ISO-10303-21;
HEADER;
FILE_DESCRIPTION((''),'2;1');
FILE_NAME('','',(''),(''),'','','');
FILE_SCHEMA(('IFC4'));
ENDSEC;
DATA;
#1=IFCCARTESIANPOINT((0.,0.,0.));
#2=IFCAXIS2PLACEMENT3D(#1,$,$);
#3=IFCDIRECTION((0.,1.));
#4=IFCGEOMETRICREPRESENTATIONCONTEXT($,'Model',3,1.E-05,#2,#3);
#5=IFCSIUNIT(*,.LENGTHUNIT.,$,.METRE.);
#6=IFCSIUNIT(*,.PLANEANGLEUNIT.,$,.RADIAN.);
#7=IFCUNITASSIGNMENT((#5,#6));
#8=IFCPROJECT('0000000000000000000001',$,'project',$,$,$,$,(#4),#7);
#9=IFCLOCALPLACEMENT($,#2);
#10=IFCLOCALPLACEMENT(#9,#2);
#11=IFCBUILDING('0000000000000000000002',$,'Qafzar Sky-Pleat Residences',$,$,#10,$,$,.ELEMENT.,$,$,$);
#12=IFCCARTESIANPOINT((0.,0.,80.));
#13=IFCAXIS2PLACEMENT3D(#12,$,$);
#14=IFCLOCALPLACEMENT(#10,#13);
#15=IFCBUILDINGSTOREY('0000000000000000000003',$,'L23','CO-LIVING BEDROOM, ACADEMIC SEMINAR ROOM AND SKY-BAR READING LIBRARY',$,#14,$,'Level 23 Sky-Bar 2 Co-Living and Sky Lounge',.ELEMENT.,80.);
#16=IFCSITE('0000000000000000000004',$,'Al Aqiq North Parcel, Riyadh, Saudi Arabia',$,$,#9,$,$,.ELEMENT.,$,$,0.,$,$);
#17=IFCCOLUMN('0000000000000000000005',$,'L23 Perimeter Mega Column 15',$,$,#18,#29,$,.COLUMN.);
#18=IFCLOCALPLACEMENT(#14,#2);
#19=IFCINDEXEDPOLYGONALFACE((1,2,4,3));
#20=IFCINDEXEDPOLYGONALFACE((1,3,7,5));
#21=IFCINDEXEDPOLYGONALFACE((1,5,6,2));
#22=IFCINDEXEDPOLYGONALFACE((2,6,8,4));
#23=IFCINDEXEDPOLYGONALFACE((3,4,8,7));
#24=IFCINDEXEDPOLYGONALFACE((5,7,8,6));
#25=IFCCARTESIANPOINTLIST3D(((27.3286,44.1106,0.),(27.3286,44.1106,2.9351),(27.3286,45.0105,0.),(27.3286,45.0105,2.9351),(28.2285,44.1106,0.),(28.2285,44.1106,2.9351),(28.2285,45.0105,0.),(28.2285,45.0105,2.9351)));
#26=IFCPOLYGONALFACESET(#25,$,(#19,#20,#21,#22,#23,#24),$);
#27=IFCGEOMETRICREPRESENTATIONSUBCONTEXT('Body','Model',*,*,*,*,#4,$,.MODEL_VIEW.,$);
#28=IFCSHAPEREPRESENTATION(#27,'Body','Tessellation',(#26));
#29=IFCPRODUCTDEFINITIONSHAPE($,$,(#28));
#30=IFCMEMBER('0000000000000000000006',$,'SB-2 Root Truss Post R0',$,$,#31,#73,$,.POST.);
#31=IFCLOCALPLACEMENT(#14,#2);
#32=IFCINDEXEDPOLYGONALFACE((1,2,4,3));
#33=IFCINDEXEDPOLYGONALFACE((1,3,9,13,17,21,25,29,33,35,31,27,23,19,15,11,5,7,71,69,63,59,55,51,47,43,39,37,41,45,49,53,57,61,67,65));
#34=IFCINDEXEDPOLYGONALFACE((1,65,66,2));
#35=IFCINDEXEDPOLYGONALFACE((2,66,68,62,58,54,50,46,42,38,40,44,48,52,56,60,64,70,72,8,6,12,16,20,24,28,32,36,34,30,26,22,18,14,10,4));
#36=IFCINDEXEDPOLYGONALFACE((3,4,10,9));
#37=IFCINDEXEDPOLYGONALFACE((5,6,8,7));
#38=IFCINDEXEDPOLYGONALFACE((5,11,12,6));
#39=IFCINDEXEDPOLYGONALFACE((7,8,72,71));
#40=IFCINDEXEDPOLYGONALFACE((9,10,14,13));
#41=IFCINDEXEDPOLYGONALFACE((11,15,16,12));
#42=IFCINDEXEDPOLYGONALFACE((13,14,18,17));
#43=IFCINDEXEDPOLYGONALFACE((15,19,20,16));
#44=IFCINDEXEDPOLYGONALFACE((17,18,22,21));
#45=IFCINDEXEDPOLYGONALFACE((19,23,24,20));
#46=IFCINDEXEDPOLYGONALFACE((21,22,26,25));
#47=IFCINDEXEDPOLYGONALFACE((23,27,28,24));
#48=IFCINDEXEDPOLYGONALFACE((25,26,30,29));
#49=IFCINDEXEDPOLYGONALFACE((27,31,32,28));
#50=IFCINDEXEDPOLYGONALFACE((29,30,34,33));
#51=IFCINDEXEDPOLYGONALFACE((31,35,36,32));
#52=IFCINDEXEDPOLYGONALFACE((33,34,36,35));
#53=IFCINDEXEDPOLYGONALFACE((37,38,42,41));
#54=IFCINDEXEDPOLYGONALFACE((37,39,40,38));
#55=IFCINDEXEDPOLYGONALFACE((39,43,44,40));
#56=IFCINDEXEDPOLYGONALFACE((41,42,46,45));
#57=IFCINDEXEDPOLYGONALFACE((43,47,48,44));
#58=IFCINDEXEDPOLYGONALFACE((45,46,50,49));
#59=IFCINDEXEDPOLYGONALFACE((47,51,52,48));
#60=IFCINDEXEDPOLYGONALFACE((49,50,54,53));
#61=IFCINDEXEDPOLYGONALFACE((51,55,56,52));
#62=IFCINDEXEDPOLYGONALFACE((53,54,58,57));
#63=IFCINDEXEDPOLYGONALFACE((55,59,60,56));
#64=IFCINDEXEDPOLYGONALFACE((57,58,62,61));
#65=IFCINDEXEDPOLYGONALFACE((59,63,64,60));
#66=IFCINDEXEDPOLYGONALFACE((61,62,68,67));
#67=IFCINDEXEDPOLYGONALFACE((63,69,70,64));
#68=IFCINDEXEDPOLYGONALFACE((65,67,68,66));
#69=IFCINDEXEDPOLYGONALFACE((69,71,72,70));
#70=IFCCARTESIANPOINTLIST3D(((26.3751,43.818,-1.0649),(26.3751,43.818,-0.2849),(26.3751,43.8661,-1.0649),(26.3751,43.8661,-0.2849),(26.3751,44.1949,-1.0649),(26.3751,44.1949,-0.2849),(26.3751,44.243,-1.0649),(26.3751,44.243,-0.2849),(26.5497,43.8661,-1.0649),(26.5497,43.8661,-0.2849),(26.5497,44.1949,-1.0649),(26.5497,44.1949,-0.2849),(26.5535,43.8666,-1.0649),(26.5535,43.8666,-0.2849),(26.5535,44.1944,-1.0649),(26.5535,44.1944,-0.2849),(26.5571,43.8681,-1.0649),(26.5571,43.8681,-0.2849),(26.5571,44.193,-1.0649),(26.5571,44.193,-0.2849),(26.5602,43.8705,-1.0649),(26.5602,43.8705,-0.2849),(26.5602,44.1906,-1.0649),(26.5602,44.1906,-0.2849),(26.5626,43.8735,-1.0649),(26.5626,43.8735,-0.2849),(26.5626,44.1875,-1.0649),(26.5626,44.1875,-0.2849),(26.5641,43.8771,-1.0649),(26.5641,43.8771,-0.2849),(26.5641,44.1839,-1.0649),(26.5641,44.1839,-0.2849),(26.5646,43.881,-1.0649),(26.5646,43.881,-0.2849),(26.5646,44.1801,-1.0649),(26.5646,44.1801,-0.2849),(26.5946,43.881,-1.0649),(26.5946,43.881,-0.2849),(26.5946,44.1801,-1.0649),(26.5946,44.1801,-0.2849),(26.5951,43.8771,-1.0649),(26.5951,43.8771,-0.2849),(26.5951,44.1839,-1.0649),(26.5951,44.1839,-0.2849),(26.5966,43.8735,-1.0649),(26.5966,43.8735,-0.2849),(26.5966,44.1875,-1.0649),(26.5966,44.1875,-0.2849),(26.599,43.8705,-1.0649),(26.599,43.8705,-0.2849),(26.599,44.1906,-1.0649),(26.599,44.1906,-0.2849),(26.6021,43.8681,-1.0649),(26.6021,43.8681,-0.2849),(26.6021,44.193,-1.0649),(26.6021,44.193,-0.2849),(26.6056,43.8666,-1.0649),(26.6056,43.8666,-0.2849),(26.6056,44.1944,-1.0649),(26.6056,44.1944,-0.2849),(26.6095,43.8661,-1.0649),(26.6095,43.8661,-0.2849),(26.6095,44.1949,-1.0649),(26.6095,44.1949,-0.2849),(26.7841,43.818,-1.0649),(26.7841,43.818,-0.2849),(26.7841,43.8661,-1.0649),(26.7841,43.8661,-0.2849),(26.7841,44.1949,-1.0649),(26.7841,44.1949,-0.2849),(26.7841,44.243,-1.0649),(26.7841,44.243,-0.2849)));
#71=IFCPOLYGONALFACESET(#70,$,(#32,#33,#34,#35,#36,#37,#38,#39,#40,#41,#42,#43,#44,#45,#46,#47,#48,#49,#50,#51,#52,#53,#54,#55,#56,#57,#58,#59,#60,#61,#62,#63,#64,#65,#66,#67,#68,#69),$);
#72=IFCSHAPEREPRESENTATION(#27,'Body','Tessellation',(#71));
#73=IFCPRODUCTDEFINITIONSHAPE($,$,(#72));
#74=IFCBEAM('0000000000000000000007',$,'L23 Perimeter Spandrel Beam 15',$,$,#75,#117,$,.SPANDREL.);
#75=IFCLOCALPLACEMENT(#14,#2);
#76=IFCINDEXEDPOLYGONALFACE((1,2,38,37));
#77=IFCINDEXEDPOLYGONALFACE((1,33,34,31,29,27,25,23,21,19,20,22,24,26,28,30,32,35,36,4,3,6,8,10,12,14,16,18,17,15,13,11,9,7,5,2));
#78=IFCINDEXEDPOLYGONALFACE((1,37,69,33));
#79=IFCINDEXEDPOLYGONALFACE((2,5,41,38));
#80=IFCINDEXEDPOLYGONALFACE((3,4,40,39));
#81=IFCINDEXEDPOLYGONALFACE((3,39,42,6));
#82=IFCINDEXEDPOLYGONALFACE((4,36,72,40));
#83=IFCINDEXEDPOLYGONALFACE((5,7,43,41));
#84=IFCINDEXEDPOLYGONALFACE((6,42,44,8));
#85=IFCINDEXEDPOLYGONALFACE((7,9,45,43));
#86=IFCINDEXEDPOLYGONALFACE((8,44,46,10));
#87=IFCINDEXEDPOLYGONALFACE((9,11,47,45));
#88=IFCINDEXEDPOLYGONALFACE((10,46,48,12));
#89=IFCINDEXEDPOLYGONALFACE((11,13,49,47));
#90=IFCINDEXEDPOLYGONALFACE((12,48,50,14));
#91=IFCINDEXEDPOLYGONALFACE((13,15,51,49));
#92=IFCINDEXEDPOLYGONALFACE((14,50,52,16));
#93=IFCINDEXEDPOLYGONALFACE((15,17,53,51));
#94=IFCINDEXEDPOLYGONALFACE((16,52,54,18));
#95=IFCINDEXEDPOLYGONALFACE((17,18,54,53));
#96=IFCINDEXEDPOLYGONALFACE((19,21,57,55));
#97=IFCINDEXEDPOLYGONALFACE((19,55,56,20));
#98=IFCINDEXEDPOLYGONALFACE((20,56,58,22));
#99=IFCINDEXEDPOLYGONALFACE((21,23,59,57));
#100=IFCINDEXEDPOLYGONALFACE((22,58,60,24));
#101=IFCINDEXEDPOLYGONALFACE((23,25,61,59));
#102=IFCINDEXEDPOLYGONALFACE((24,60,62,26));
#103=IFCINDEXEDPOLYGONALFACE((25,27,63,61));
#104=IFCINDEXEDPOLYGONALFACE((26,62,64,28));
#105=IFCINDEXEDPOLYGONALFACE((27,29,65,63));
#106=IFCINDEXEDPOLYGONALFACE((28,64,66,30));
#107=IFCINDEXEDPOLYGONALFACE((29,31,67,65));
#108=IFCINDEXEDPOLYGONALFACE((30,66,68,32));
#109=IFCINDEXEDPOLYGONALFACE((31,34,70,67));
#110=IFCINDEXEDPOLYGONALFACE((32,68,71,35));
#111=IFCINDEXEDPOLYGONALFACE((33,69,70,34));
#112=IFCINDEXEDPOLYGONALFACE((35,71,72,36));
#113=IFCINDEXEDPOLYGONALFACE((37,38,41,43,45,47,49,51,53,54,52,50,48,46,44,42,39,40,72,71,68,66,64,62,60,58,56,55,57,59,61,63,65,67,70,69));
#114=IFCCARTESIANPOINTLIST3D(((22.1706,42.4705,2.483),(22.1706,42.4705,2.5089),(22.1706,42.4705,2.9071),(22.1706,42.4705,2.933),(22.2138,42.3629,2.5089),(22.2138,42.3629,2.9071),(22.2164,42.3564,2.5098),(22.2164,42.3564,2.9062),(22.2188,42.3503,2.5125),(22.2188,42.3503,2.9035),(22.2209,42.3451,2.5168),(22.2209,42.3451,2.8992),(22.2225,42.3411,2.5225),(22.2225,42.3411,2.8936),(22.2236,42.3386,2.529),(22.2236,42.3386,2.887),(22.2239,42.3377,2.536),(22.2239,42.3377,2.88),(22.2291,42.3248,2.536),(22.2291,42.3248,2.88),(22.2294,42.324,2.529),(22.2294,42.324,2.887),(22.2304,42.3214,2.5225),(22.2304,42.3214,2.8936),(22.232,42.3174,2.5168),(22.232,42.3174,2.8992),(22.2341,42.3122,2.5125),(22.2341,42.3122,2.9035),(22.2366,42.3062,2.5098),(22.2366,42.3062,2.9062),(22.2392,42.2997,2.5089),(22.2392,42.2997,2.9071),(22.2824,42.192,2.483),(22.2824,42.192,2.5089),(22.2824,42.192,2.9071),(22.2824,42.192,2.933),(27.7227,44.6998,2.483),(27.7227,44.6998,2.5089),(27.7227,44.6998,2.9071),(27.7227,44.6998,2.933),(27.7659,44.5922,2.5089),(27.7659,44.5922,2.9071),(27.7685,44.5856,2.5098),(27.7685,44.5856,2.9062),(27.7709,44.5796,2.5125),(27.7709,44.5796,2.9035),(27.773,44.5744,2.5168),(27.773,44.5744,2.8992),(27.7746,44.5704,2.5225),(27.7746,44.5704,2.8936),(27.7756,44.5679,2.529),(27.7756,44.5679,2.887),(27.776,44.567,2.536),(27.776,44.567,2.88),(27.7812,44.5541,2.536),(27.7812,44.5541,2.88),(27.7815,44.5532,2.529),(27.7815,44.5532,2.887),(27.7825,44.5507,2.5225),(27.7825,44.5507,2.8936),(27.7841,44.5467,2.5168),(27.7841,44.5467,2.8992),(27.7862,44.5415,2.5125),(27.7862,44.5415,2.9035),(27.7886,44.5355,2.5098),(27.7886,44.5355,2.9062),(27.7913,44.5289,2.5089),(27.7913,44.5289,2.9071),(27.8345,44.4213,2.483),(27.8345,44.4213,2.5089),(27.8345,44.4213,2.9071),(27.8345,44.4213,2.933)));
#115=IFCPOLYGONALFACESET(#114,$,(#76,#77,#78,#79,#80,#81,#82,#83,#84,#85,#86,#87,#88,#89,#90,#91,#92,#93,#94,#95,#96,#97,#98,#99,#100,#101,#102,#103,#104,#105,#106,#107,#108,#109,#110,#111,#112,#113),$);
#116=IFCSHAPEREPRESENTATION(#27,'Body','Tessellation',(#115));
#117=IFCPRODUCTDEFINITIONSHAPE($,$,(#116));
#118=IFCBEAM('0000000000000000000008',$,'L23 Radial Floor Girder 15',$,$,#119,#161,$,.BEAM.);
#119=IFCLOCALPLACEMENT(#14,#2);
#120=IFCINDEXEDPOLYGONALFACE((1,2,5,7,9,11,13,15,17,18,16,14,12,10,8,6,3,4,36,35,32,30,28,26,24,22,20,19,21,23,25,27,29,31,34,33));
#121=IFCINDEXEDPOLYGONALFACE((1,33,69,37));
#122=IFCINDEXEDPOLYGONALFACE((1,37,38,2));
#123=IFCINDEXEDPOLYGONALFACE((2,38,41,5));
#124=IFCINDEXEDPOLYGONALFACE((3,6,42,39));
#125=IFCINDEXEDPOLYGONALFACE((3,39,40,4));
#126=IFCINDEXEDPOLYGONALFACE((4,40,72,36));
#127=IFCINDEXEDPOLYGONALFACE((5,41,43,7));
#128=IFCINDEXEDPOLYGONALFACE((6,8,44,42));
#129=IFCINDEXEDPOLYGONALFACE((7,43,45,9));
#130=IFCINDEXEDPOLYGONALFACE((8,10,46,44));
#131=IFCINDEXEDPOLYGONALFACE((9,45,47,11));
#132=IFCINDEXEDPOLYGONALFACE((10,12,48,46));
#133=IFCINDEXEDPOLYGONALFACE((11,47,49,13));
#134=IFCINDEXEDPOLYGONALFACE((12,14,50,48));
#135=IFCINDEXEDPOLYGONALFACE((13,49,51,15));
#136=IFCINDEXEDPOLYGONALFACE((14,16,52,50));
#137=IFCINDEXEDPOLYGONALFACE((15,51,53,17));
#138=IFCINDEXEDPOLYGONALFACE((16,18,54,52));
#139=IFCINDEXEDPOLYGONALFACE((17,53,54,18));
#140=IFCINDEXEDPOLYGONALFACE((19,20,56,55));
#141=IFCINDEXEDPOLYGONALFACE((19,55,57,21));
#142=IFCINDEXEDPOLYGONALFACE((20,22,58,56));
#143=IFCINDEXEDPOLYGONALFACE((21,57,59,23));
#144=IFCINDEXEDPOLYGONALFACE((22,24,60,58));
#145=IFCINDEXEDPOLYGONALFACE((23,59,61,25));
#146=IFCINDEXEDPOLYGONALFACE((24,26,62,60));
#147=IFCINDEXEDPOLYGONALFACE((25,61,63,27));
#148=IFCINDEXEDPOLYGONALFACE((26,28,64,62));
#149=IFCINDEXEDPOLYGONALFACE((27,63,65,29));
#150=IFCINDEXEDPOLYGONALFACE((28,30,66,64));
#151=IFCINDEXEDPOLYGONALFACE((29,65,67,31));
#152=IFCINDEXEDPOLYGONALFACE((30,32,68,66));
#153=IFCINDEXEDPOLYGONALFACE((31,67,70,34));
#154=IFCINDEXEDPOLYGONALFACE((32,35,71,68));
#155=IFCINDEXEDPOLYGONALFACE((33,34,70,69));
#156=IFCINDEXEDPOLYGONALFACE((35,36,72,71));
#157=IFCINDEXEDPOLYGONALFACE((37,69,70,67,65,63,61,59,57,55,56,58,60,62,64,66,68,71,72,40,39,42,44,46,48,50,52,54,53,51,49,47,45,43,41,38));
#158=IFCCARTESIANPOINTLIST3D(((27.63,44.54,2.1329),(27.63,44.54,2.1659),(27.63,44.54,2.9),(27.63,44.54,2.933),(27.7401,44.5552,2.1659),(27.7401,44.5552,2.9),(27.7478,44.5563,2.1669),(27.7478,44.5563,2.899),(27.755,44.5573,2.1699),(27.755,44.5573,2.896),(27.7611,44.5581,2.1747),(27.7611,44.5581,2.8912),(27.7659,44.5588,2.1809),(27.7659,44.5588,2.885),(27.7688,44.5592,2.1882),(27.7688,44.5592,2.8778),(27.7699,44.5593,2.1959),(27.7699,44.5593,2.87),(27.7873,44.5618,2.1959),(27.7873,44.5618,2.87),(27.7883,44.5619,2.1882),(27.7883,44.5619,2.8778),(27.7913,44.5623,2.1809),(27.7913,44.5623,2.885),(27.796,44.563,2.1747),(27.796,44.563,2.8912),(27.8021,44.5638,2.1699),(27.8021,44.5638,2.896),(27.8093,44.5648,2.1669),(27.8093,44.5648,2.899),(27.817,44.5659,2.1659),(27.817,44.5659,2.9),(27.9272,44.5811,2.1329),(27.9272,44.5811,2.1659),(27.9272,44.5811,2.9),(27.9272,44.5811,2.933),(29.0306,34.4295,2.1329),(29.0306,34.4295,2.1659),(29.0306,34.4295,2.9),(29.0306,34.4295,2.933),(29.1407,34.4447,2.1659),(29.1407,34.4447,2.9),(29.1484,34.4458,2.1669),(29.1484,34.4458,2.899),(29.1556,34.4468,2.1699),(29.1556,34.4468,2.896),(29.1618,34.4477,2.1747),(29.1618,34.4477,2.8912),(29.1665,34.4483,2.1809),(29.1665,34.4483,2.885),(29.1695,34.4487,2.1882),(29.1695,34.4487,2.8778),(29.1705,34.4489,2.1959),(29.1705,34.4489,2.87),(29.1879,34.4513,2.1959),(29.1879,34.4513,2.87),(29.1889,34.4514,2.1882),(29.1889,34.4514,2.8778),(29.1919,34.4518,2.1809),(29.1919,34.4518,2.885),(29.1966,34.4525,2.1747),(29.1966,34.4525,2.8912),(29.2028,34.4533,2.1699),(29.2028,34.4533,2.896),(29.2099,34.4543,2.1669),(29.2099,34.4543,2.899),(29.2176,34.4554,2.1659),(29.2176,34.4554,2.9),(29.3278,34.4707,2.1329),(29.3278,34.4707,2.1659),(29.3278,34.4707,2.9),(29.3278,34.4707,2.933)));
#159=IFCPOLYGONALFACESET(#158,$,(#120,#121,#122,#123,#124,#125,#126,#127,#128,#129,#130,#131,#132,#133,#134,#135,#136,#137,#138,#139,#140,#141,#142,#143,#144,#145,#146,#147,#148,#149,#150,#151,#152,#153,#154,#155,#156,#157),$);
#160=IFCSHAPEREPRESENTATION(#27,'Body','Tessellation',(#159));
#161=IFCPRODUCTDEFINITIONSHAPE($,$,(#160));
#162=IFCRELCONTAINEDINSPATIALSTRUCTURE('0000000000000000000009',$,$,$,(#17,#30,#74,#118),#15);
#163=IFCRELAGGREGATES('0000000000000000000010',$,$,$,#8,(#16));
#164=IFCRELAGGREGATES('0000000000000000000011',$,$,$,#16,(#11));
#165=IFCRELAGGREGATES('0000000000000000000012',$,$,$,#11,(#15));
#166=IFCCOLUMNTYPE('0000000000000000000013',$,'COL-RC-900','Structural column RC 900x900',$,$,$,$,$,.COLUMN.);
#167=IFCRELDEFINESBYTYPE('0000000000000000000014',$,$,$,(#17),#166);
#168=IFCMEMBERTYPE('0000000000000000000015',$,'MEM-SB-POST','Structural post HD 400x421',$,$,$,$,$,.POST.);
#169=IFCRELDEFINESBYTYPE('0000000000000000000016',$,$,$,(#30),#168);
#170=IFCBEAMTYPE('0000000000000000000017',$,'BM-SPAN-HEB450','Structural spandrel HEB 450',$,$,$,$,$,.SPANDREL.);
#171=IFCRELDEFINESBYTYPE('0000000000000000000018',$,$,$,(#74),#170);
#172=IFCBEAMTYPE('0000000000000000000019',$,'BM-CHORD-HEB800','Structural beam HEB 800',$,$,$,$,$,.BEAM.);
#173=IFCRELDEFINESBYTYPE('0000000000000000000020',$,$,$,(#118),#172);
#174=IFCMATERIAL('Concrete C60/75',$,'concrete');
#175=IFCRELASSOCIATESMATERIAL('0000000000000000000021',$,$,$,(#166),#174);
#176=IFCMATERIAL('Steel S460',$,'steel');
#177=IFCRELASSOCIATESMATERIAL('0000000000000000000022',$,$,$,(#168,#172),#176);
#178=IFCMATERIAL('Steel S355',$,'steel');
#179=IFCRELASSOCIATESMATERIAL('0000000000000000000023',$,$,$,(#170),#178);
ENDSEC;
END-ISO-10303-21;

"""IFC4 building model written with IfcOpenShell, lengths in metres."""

from ifc_helpers import new_model, si_unit, direction, frame, origin, origin_2d, place, context, subcontext, project, spatial, rectangle, i_section, extrude, source, transform, mapped, material, material_profile, profile_set, type_object, element, save


model = new_model("IFC4")

# Units and contexts
model_context = context("Model", 3, precision=1e-05, world=origin(), true_north=direction((0.0, 1.0)))
body_context = subcontext(model_context, "Body", "Model", "MODEL_VIEW")
ifc_project = project(units=[si_unit("LENGTHUNIT", "METRE"), si_unit("PLANEANGLEUNIT", "RADIAN")], contexts=[model_context])

# Site, building, storey
site_placement = place(None, origin())
site = spatial("IfcSite", under=ifc_project, at=site_placement, Name="Al Aqiq North Parcel, Riyadh, Saudi Arabia", CompositionType="ELEMENT", RefElevation=0.0)
building_placement = place(site_placement, origin())
building = spatial("IfcBuilding", under=site, at=building_placement, Name="Qafzar Sky-Pleat Residences", CompositionType="ELEMENT")
storey_placement = place(building_placement, frame((0.0, 0.0, 80.0)))
storey = spatial("IfcBuildingStorey", under=building, at=storey_placement, Name="L23", Description="CO-LIVING BEDROOM, ACADEMIC SEMINAR ROOM AND SKY-BAR READING LIBRARY", LongName="Level 23 Sky-Bar 2 Co-Living and Sky Lounge", CompositionType="ELEMENT", Elevation=80.0)

# Column
ifc_material_1 = material(Name="Concrete C60/75", Category="concrete")
ifc_material_profile_1 = material_profile(ifc_material_1, rectangle(XDim=0.8999, YDim=0.8999, at=origin_2d()), Name="RC 900x900")
ifc_profile_set_1 = profile_set([ifc_material_profile_1], Name="Concrete C60/75")
column_type = type_object("IfcColumnType", Name="COL-RC-900", Description="Structural column RC 900x900", PredefinedType="COLUMN", material=ifc_profile_set_1)
shared_shape_1 = source(origin(), body_context, "Body", "SweptSolid", [
    extrude(rectangle(XDim=0.8999, YDim=0.8999, at=origin_2d()), origin(), (0.0, 0.0, 1.0), 2.9351),
])
column_placement = place(storey_placement, frame((27.7786, 44.5605, 0.0), z_axis=(0.0, 0.0, 1.0), x_axis=(1.0, 0.0, 0.0)))
element("IfcColumn", 1, at=column_placement, inside=storey, type_object=column_type, Name="L23 Perimeter Mega Column 15", PredefinedType="COLUMN", context=body_context, shape_type="MappedRepresentation", body=[
    mapped(shared_shape_1, transform((0.0, 0.0, 0.0), x_axis=(1.0, 0.0, 0.0), y_axis=(0.0, 1.0, 0.0), z_axis=(0.0, 0.0, 1.0), scale=1.0)),
])

# Member
ifc_material_2 = material(Name="Steel S460", Category="steel")
ifc_material_profile_2 = material_profile(ifc_material_2, i_section(OverallWidth=0.4089, OverallDepth=0.425, WebThickness=0.03, FlangeThickness=0.0481, FilletRadius=0.0149, at=origin_2d()), Name="HD 400x421")
ifc_profile_set_2 = profile_set([ifc_material_profile_2], Name="Steel S460")
member_type_1 = type_object("IfcMemberType", Name="MEM-SB-POST", Description="Structural post HD 400x421", PredefinedType="POST", material=ifc_profile_set_2)
shared_shape_2 = source(origin(), body_context, "Body", "SweptSolid", [
    extrude(i_section(OverallWidth=0.4089, OverallDepth=0.425, WebThickness=0.03, FlangeThickness=0.0481, FilletRadius=0.0149, at=origin_2d()), origin(), (0.0, 0.0, 1.0), 0.78),
])
member_placement = place(storey_placement, frame((26.5796, 44.0305, -1.0649), z_axis=(0.0, 0.0, 1.0), x_axis=(1.0, 0.0, 0.0)))
element("IfcMember", 2, at=member_placement, inside=storey, type_object=member_type_1, Name="SB-2 Root Truss Post R0", PredefinedType="POST", context=body_context, shape_type="MappedRepresentation", body=[
    mapped(shared_shape_2, transform((0.0, 0.0, 0.0), x_axis=(1.0, 0.0, 0.0), y_axis=(0.0, 1.0, 0.0), z_axis=(0.0, 0.0, 1.0), scale=1.0)),
])

# Beams
ifc_material_3 = material(Name="Steel S355", Category="steel")
ifc_material_profile_3 = material_profile(ifc_material_3, i_section(OverallWidth=0.3, OverallDepth=0.45, WebThickness=0.0139, FlangeThickness=0.0259, FilletRadius=0.0271, at=origin_2d()), Name="HEB 450")
ifc_profile_set_3 = profile_set([ifc_material_profile_3], Name="Steel S355")
beam_type_1 = type_object("IfcBeamType", Name="BM-SPAN-HEB450", Description="Structural spandrel HEB 450", PredefinedType="SPANDREL", material=ifc_profile_set_3)
shared_shape_3 = source(origin(), body_context, "Body", "SweptSolid", [
    extrude(i_section(OverallWidth=0.3, OverallDepth=0.45, WebThickness=0.0139, FlangeThickness=0.0259, FilletRadius=0.0271, at=origin_2d()), origin(), (0.0, 0.0, 1.0), 5.9829),
])
beam_1_placement = place(storey_placement, frame((27.7786, 44.5605, 2.708), z_axis=(-0.927989, -0.372608, 0.0), x_axis=(0.372608, -0.927989, 0.0)))
element("IfcBeam", 3, at=beam_1_placement, inside=storey, type_object=beam_type_1, Name="L23 Perimeter Spandrel Beam 15", PredefinedType="SPANDREL", context=body_context, shape_type="MappedRepresentation", body=[
    mapped(shared_shape_3, transform((0.0, 0.0, 0.0), x_axis=(1.0, 0.0, 0.0), y_axis=(0.0, 1.0, 0.0), z_axis=(0.0, 0.0, 1.0), scale=1.0)),
])
ifc_material_profile_4 = material_profile(ifc_material_2, i_section(OverallWidth=0.3, OverallDepth=0.8, WebThickness=0.0176, FlangeThickness=0.033, FilletRadius=0.03, at=origin_2d()), Name="HEB 800")
ifc_profile_set_4 = profile_set([ifc_material_profile_4], Name="Steel S460")
beam_type_2 = type_object("IfcBeamType", Name="BM-CHORD-HEB800", Description="Structural beam HEB 800", PredefinedType="BEAM", material=ifc_profile_set_4)
shared_shape_4 = source(origin(), body_context, "Body", "SweptSolid", [
    extrude(i_section(OverallWidth=0.3, OverallDepth=0.8, WebThickness=0.0176, FlangeThickness=0.033, FilletRadius=0.03, at=origin_2d()), origin(), (0.0, 0.0, 1.0), 10.207),
])
beam_2_placement = place(storey_placement, frame((27.7786, 44.5605, 2.533), z_axis=(0.137221, -0.99054, 0.0), x_axis=(0.99054, 0.137221, 0.0)))
element("IfcBeam", 4, at=beam_2_placement, inside=storey, type_object=beam_type_2, Name="L23 Radial Floor Girder 15", PredefinedType="BEAM", context=body_context, shape_type="MappedRepresentation", body=[
    mapped(shared_shape_4, transform((0.0, 0.0, 0.0), x_axis=(1.0, 0.0, 0.0), y_axis=(0.0, 1.0, 0.0), z_axis=(0.0, 0.0, 1.0), scale=1.0)),
])

save(model, "model.ifc")
